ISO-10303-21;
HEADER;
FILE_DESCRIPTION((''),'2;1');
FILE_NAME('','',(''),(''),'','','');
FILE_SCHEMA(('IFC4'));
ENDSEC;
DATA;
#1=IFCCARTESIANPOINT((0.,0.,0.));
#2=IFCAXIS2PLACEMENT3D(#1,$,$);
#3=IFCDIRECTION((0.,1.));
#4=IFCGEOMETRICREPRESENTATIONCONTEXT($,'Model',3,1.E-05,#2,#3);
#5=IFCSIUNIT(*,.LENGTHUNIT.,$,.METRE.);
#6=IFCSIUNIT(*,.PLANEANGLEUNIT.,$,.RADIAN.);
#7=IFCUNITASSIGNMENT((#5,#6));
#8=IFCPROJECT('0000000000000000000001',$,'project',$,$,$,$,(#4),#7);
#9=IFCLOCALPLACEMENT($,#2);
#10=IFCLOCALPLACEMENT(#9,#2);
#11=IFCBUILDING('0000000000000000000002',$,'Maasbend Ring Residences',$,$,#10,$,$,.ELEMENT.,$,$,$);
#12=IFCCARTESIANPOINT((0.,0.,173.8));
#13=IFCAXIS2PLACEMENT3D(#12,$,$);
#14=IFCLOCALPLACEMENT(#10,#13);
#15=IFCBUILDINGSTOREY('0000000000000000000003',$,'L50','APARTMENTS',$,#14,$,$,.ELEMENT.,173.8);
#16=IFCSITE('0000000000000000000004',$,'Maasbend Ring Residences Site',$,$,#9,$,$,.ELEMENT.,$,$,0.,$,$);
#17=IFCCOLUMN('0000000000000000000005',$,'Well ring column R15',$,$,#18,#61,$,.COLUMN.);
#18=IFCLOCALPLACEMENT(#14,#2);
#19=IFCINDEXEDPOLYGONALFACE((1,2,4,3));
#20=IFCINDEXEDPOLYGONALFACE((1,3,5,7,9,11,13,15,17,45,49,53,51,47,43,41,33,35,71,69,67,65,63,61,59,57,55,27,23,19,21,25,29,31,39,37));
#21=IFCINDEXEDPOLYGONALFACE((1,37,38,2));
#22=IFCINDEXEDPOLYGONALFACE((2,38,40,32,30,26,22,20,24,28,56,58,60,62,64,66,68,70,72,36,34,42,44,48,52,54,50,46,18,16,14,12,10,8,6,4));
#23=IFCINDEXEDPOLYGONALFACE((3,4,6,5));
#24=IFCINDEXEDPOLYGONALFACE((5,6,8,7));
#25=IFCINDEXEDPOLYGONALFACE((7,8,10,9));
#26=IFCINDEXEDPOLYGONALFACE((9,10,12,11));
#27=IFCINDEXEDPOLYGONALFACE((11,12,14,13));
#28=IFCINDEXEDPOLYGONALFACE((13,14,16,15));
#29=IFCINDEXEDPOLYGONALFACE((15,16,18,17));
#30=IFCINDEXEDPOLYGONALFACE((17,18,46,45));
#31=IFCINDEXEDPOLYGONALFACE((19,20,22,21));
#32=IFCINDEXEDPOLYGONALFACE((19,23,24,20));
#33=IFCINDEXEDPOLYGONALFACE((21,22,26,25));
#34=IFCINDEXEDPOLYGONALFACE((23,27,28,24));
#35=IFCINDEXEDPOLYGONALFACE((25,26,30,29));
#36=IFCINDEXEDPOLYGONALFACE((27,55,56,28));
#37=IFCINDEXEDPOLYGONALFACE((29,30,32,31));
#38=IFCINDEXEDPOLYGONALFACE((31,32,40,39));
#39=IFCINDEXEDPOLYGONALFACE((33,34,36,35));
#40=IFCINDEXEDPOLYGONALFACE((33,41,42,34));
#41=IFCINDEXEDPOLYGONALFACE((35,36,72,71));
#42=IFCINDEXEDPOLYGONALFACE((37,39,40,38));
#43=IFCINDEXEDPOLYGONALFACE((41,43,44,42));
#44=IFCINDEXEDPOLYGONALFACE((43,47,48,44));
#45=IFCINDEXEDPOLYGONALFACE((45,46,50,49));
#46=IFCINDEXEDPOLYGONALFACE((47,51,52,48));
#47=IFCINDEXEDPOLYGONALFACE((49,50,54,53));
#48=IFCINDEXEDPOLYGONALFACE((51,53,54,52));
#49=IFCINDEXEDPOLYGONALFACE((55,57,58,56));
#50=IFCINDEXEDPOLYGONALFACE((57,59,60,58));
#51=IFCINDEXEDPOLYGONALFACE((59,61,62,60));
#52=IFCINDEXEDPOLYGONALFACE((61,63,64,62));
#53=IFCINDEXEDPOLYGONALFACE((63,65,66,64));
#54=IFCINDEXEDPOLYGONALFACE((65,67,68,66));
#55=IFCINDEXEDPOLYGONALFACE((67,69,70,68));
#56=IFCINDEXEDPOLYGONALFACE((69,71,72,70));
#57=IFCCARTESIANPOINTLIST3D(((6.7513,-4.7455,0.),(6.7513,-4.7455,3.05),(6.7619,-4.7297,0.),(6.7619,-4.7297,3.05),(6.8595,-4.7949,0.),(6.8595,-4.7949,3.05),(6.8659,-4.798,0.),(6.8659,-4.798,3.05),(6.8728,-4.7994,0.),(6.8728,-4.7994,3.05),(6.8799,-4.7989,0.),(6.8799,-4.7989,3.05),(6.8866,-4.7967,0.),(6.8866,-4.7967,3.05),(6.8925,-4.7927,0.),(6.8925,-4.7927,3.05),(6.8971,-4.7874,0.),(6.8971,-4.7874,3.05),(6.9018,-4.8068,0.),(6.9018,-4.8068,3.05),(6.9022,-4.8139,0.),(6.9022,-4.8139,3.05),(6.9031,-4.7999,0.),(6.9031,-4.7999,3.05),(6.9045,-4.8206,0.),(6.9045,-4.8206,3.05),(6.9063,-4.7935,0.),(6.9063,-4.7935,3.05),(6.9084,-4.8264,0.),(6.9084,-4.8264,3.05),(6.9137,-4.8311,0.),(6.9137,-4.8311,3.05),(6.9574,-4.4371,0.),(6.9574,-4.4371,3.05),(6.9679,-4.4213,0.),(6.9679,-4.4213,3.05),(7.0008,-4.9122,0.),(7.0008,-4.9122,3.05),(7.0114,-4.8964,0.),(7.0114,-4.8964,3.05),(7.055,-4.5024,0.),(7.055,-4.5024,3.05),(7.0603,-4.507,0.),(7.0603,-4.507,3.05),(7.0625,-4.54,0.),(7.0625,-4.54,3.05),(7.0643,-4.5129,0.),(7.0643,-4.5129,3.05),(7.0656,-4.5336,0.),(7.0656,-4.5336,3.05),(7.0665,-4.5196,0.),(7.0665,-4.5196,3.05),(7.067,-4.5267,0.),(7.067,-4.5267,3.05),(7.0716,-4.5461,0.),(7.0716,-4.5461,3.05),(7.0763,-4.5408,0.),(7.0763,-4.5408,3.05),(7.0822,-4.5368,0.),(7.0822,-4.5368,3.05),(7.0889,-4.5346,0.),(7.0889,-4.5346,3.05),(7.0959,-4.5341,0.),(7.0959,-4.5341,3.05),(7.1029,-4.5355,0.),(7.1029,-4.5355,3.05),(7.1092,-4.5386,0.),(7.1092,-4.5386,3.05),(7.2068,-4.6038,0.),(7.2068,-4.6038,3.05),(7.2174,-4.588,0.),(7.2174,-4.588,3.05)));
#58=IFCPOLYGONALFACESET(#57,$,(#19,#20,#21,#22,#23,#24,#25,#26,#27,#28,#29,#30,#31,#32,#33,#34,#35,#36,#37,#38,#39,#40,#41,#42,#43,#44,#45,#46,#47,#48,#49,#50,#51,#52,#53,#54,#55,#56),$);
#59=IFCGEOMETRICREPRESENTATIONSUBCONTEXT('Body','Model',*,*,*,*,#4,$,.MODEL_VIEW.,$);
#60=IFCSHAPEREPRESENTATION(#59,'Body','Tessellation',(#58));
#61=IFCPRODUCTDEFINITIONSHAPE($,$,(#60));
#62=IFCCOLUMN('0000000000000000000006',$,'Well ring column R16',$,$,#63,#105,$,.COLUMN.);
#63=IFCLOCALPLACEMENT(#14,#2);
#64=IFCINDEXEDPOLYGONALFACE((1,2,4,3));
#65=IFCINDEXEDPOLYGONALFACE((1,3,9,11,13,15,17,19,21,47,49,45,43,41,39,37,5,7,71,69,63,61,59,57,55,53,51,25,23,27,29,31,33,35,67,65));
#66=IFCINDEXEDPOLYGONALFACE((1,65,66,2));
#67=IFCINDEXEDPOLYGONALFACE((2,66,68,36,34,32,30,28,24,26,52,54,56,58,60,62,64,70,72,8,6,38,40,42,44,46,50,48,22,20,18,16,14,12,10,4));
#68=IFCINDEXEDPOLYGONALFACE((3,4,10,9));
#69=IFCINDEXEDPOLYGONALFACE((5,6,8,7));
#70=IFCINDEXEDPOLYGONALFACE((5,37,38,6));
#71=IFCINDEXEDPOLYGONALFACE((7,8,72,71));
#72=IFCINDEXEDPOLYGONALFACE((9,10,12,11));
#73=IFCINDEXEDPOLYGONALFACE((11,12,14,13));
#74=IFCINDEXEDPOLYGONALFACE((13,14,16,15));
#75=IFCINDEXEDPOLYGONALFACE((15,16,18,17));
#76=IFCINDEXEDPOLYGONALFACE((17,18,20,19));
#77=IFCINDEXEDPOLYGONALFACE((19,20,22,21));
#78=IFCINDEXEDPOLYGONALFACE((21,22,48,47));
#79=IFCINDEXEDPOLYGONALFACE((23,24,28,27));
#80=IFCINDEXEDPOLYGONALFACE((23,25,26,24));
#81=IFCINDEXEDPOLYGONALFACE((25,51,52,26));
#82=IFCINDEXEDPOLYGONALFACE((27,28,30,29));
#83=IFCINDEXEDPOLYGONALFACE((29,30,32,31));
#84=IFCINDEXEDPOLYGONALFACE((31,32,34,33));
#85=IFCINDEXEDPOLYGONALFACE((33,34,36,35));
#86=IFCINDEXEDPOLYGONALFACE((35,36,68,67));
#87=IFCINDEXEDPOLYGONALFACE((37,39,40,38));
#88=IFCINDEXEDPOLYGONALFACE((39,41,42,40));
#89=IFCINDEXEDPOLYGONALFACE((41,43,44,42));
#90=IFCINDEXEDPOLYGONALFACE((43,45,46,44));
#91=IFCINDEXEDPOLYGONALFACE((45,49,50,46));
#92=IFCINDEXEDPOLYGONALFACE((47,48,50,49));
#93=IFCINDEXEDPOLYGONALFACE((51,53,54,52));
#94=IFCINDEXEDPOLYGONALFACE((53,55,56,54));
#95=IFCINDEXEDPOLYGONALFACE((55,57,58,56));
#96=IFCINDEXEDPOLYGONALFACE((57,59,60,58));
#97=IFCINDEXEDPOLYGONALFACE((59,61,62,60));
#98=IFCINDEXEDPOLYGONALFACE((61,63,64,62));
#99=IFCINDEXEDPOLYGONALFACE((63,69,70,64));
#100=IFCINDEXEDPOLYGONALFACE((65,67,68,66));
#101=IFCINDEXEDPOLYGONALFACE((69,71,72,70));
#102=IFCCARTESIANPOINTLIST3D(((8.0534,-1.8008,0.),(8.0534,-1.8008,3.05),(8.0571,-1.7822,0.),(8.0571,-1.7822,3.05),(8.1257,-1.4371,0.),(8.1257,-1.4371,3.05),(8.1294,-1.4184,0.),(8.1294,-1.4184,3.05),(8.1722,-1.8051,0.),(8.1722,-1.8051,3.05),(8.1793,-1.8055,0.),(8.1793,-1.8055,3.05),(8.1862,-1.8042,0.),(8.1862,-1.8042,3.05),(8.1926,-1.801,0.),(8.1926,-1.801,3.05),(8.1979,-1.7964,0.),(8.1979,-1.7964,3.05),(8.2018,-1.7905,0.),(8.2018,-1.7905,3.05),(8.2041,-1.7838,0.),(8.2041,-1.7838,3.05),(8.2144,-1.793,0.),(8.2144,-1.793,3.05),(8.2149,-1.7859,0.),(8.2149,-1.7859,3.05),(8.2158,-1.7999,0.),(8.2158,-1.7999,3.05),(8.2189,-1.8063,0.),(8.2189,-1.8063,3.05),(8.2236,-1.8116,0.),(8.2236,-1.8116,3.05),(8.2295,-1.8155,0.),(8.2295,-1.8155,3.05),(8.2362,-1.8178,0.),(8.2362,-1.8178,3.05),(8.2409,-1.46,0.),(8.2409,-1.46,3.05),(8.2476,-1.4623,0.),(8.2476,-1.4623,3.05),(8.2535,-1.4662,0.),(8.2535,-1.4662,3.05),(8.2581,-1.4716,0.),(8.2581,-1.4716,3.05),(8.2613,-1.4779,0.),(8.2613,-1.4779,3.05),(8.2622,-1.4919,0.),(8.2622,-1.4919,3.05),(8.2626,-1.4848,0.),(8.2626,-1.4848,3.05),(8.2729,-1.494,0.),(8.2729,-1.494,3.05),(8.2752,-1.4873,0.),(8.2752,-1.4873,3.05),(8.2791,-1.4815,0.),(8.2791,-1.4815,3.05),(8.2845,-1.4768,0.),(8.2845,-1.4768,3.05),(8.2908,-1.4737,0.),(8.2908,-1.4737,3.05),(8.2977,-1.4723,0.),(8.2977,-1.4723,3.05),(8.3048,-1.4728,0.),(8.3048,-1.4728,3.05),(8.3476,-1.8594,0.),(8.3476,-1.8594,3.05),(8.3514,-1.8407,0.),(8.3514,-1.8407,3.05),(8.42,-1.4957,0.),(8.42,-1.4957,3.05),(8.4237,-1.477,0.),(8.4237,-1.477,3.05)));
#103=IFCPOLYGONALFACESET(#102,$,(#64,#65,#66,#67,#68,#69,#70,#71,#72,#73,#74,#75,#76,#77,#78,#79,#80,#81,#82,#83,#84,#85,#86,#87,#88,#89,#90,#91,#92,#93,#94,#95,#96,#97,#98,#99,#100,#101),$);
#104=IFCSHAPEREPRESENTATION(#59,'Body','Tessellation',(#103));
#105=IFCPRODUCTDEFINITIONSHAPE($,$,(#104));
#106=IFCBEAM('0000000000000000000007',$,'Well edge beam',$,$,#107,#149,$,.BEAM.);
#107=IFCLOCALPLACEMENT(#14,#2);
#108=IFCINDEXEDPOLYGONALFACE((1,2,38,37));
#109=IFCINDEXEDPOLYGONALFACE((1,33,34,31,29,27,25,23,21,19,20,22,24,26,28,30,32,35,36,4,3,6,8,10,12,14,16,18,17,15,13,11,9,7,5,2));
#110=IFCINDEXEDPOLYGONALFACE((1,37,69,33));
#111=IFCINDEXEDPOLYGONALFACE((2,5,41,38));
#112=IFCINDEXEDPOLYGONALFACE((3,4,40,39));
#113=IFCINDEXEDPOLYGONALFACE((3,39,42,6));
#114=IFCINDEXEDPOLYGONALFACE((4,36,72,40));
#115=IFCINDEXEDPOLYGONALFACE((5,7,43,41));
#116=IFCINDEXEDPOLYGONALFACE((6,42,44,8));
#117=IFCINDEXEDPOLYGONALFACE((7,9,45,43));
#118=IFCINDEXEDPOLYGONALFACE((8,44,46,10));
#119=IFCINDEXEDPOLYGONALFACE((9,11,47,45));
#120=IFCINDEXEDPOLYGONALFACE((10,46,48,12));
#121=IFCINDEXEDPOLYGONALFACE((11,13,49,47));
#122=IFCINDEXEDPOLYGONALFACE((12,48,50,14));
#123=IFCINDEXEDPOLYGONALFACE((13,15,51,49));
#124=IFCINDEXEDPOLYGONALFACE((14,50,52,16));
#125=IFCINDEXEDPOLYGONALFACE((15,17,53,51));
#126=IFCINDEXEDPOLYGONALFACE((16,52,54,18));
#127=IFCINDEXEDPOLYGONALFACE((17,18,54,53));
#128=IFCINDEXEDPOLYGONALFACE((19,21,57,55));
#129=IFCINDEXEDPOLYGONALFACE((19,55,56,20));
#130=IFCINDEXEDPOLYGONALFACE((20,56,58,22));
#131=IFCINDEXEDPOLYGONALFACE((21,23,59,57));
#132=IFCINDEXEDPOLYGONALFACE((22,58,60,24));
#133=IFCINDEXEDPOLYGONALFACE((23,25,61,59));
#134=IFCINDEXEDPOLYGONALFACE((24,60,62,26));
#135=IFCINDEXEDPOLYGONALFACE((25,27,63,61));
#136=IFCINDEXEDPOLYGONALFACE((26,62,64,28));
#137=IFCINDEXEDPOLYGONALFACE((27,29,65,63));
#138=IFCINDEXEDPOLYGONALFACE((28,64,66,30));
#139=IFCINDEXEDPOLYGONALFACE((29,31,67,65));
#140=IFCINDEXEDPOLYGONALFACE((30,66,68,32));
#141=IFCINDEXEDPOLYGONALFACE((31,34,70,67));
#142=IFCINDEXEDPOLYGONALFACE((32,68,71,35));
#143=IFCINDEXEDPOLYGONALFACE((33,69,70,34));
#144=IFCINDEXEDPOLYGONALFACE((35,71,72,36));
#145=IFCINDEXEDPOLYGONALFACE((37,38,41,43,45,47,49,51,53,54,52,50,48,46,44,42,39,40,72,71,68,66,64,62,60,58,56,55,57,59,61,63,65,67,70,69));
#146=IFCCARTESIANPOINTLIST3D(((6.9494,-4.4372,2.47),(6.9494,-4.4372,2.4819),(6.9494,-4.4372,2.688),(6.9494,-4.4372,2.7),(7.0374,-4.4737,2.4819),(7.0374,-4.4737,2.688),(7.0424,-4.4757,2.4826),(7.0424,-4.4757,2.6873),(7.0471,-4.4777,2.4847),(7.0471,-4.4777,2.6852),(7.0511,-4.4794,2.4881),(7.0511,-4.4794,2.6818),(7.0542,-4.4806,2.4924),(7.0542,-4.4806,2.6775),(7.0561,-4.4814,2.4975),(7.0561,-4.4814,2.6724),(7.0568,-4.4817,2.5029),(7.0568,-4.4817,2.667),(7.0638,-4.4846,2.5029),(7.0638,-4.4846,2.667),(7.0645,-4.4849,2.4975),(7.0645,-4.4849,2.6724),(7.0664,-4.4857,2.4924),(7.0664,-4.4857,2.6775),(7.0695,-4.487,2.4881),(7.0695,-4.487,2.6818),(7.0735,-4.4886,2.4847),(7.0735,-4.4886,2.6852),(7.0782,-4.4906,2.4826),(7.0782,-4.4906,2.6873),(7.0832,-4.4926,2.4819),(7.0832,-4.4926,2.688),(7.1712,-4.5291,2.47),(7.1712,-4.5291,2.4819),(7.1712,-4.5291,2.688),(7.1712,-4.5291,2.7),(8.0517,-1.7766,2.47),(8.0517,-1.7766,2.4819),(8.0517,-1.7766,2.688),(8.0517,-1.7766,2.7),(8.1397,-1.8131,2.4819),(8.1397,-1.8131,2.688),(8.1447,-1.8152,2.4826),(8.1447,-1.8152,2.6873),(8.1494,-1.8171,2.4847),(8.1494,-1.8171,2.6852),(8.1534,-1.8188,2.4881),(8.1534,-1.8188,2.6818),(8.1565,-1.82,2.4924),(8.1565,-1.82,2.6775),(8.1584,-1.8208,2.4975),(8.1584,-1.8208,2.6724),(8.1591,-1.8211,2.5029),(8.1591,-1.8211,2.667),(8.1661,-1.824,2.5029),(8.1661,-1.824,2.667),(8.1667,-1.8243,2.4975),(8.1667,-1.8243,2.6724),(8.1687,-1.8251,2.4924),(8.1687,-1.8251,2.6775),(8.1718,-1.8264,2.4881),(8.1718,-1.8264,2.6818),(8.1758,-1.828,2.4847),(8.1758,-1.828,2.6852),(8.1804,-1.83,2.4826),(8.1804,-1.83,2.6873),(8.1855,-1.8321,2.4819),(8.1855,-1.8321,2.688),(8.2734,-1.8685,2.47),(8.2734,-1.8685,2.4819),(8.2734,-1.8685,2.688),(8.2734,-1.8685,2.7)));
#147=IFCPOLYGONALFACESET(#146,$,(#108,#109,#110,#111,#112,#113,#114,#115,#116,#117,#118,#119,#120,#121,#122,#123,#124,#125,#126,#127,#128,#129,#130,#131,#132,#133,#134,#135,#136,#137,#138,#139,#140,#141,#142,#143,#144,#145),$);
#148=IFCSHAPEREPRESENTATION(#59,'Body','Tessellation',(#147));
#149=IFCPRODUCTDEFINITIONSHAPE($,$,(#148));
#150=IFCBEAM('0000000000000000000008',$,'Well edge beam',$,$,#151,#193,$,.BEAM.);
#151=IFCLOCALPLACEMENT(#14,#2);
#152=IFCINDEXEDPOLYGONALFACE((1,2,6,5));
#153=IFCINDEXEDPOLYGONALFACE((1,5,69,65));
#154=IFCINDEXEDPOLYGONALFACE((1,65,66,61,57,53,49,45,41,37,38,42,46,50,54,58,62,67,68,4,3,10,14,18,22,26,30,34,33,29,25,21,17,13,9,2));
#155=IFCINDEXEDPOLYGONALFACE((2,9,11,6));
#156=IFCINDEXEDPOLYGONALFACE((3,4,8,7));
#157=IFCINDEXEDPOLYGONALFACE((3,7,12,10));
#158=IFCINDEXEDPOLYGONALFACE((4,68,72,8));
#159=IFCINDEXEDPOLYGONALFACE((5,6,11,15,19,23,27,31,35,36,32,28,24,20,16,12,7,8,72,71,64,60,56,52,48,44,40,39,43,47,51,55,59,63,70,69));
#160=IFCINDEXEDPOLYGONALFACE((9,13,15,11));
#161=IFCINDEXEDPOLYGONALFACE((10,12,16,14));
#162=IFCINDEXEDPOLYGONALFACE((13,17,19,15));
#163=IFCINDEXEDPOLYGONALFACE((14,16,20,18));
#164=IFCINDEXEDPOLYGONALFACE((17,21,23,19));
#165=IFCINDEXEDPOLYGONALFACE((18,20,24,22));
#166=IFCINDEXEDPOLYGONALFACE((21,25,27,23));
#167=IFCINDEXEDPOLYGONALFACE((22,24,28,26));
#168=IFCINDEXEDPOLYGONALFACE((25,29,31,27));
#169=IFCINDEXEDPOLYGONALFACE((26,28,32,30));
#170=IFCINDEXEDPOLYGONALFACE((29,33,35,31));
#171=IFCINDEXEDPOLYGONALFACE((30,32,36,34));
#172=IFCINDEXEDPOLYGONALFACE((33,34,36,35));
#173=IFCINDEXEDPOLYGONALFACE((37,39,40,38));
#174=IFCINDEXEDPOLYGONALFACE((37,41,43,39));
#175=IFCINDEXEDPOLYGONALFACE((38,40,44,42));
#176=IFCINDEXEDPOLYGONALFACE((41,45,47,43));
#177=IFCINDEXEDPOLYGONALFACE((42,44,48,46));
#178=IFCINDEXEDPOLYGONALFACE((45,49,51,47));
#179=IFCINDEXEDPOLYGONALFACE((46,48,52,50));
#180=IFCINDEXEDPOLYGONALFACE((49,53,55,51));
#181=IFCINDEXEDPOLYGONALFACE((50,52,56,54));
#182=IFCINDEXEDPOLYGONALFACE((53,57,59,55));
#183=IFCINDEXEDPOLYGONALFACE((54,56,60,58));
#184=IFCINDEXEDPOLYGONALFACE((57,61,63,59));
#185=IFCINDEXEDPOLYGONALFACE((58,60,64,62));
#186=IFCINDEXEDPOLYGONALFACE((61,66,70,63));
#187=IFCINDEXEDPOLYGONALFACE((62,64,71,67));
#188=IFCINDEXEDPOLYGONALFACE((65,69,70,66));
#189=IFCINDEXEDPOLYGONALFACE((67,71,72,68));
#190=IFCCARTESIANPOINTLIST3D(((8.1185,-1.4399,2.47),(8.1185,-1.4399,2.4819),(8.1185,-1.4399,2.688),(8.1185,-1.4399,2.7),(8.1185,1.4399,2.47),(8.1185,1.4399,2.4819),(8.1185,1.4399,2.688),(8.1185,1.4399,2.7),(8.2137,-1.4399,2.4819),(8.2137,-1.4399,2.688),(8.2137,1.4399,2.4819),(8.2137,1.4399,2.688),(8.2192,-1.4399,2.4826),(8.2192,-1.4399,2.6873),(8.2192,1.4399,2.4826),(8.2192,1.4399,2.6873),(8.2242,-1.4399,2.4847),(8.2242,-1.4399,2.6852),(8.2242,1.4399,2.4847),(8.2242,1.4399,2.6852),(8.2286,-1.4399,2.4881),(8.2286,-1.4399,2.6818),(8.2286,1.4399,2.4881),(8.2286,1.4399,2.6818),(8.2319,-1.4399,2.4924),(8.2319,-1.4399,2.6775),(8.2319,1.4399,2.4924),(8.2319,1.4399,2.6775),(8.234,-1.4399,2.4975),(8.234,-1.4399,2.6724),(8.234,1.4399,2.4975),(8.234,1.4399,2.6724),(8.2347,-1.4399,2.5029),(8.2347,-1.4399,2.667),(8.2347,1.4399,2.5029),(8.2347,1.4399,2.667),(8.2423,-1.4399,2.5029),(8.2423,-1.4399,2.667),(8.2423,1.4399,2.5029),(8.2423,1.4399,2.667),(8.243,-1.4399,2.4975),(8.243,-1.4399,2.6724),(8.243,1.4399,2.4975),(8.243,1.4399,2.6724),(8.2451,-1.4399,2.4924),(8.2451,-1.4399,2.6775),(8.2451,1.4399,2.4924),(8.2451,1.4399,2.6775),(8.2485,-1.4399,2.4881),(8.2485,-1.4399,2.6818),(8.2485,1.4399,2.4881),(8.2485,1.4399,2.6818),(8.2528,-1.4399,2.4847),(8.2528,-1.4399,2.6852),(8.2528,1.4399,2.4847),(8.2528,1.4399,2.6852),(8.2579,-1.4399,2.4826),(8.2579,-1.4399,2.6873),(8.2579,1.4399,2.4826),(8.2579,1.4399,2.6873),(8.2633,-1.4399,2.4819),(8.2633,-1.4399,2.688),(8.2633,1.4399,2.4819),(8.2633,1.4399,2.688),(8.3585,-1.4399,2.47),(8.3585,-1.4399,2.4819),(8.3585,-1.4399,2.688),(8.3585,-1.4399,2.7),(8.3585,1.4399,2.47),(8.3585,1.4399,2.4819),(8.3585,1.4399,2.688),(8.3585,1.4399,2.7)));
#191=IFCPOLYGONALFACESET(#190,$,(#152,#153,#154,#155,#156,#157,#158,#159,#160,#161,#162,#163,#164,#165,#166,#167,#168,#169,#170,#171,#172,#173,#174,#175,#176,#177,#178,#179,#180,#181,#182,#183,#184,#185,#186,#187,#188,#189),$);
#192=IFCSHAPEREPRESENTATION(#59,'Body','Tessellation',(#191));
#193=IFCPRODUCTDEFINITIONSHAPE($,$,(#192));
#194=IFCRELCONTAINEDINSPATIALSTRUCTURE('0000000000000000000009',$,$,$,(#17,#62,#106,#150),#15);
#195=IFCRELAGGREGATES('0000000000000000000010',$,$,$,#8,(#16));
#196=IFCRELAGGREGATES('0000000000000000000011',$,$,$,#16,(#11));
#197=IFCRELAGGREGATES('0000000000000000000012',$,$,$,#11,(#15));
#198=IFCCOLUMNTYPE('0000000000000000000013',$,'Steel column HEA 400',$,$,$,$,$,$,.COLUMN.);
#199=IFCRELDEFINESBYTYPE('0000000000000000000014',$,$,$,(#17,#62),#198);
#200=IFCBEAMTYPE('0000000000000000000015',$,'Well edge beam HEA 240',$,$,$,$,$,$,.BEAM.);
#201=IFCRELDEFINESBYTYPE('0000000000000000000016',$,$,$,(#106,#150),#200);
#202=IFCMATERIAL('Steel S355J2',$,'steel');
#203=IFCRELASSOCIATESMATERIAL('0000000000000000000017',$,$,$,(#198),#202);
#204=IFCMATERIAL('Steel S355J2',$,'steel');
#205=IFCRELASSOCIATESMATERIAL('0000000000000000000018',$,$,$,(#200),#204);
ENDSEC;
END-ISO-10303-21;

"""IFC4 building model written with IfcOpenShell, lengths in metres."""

from ifc_helpers import new_model, si_unit, direction, frame, origin, origin_2d, place, context, subcontext, project, spatial, i_section, extrude, material, material_profile, profile_set, type_object, element, save


model = new_model("IFC4")

# Units and contexts
model_context = context("Model", 3, precision=1e-05, world=origin(), true_north=direction((0.0, 1.0)))
body_context = subcontext(model_context, "Body", "Model", "MODEL_VIEW")
ifc_project = project(units=[si_unit("LENGTHUNIT", "METRE"), si_unit("PLANEANGLEUNIT", "RADIAN")], contexts=[model_context])

# Site, building, storey
site_placement = place(None, origin())
site = spatial("IfcSite", under=ifc_project, at=site_placement, Name="Maasbend Ring Residences Site", CompositionType="ELEMENT", RefElevation=0.0)
building_placement = place(site_placement, origin())
building = spatial("IfcBuilding", under=site, at=building_placement, Name="Maasbend Ring Residences", CompositionType="ELEMENT")
storey_placement = place(building_placement, frame((0.0, 0.0, 173.8)))
storey = spatial("IfcBuildingStorey", under=building, at=storey_placement, Name="L50", Description="APARTMENTS", CompositionType="ELEMENT", Elevation=173.8)

# Columns
ifc_material_1 = material(Name="Steel S355J2", Category="steel")
ifc_material_profile_1 = material_profile(ifc_material_1, i_section(OverallWidth=0.3, OverallDepth=0.3899, WebThickness=0.011, FlangeThickness=0.019, FilletRadius=0.0271, at=origin_2d()), Name="HEA 400")
ifc_profile_set_1 = profile_set([ifc_material_profile_1], Name="Steel S355J2")
column_type = type_object("IfcColumnType", Name="Steel column HEA 400", PredefinedType="COLUMN", material=ifc_profile_set_1)
for number, where, z_axis, x_axis, name in (
    (1, (6.9844, -4.6667, 0.0), (0.0, 0.0, 1.0), (0.83147, -0.55557, 0.0), "Well ring column R15"),
    (2, (8.2385, -1.6389, 0.0), (0.0, 0.0, 1.0), (0.980785, -0.19509, 0.0), "Well ring column R16"),
):
    element("IfcColumn", number, at=place(storey_placement, frame(where, z_axis=z_axis, x_axis=x_axis)), inside=storey, type_object=column_type, Name=name, PredefinedType="COLUMN", context=body_context, shape_type="SweptSolid", body=[
        extrude(i_section(OverallWidth=0.3, OverallDepth=0.3899, WebThickness=0.011, FlangeThickness=0.019, FilletRadius=0.0271, at=origin_2d()), origin(), (0.0, 0.0, 1.0), 3.05),
    ])

# Beams
ifc_material_2 = material(Name="Steel S355J2", Category="steel")
ifc_material_profile_2 = material_profile(ifc_material_2, i_section(OverallWidth=0.24, OverallDepth=0.23, WebThickness=0.0076, FlangeThickness=0.012, FilletRadius=0.021, at=origin_2d()), Name="HEA 240")
ifc_profile_set_2 = profile_set([ifc_material_profile_2], Name="Steel S355J2")
beam_type = type_object("IfcBeamType", Name="Well edge beam HEA 240", PredefinedType="BEAM", material=ifc_profile_set_2)
for number, where, z_axis, x_axis, name in (
    (3, (7.0603, -4.4832, 2.585), (0.382749, 0.923853, 0.0), (-0.923853, 0.382749, 0.0), "Well edge beam"),
    (4, (8.2385, -1.4399, 2.585), (0.0, 1.0, 0.0), (-1.0, 0.0, 0.0), "Well edge beam"),
):
    element("IfcBeam", number, at=place(storey_placement, frame(where, z_axis=z_axis, x_axis=x_axis)), inside=storey, type_object=beam_type, Name=name, PredefinedType="BEAM", context=body_context, shape_type="SweptSolid", body=[
        extrude(i_section(OverallWidth=0.24, OverallDepth=0.23, WebThickness=0.0076, FlangeThickness=0.012, FilletRadius=0.021, at=origin_2d()), origin(), (0.0, 0.0, 1.0), 2.8799),
    ])

save(model, "model.ifc")
